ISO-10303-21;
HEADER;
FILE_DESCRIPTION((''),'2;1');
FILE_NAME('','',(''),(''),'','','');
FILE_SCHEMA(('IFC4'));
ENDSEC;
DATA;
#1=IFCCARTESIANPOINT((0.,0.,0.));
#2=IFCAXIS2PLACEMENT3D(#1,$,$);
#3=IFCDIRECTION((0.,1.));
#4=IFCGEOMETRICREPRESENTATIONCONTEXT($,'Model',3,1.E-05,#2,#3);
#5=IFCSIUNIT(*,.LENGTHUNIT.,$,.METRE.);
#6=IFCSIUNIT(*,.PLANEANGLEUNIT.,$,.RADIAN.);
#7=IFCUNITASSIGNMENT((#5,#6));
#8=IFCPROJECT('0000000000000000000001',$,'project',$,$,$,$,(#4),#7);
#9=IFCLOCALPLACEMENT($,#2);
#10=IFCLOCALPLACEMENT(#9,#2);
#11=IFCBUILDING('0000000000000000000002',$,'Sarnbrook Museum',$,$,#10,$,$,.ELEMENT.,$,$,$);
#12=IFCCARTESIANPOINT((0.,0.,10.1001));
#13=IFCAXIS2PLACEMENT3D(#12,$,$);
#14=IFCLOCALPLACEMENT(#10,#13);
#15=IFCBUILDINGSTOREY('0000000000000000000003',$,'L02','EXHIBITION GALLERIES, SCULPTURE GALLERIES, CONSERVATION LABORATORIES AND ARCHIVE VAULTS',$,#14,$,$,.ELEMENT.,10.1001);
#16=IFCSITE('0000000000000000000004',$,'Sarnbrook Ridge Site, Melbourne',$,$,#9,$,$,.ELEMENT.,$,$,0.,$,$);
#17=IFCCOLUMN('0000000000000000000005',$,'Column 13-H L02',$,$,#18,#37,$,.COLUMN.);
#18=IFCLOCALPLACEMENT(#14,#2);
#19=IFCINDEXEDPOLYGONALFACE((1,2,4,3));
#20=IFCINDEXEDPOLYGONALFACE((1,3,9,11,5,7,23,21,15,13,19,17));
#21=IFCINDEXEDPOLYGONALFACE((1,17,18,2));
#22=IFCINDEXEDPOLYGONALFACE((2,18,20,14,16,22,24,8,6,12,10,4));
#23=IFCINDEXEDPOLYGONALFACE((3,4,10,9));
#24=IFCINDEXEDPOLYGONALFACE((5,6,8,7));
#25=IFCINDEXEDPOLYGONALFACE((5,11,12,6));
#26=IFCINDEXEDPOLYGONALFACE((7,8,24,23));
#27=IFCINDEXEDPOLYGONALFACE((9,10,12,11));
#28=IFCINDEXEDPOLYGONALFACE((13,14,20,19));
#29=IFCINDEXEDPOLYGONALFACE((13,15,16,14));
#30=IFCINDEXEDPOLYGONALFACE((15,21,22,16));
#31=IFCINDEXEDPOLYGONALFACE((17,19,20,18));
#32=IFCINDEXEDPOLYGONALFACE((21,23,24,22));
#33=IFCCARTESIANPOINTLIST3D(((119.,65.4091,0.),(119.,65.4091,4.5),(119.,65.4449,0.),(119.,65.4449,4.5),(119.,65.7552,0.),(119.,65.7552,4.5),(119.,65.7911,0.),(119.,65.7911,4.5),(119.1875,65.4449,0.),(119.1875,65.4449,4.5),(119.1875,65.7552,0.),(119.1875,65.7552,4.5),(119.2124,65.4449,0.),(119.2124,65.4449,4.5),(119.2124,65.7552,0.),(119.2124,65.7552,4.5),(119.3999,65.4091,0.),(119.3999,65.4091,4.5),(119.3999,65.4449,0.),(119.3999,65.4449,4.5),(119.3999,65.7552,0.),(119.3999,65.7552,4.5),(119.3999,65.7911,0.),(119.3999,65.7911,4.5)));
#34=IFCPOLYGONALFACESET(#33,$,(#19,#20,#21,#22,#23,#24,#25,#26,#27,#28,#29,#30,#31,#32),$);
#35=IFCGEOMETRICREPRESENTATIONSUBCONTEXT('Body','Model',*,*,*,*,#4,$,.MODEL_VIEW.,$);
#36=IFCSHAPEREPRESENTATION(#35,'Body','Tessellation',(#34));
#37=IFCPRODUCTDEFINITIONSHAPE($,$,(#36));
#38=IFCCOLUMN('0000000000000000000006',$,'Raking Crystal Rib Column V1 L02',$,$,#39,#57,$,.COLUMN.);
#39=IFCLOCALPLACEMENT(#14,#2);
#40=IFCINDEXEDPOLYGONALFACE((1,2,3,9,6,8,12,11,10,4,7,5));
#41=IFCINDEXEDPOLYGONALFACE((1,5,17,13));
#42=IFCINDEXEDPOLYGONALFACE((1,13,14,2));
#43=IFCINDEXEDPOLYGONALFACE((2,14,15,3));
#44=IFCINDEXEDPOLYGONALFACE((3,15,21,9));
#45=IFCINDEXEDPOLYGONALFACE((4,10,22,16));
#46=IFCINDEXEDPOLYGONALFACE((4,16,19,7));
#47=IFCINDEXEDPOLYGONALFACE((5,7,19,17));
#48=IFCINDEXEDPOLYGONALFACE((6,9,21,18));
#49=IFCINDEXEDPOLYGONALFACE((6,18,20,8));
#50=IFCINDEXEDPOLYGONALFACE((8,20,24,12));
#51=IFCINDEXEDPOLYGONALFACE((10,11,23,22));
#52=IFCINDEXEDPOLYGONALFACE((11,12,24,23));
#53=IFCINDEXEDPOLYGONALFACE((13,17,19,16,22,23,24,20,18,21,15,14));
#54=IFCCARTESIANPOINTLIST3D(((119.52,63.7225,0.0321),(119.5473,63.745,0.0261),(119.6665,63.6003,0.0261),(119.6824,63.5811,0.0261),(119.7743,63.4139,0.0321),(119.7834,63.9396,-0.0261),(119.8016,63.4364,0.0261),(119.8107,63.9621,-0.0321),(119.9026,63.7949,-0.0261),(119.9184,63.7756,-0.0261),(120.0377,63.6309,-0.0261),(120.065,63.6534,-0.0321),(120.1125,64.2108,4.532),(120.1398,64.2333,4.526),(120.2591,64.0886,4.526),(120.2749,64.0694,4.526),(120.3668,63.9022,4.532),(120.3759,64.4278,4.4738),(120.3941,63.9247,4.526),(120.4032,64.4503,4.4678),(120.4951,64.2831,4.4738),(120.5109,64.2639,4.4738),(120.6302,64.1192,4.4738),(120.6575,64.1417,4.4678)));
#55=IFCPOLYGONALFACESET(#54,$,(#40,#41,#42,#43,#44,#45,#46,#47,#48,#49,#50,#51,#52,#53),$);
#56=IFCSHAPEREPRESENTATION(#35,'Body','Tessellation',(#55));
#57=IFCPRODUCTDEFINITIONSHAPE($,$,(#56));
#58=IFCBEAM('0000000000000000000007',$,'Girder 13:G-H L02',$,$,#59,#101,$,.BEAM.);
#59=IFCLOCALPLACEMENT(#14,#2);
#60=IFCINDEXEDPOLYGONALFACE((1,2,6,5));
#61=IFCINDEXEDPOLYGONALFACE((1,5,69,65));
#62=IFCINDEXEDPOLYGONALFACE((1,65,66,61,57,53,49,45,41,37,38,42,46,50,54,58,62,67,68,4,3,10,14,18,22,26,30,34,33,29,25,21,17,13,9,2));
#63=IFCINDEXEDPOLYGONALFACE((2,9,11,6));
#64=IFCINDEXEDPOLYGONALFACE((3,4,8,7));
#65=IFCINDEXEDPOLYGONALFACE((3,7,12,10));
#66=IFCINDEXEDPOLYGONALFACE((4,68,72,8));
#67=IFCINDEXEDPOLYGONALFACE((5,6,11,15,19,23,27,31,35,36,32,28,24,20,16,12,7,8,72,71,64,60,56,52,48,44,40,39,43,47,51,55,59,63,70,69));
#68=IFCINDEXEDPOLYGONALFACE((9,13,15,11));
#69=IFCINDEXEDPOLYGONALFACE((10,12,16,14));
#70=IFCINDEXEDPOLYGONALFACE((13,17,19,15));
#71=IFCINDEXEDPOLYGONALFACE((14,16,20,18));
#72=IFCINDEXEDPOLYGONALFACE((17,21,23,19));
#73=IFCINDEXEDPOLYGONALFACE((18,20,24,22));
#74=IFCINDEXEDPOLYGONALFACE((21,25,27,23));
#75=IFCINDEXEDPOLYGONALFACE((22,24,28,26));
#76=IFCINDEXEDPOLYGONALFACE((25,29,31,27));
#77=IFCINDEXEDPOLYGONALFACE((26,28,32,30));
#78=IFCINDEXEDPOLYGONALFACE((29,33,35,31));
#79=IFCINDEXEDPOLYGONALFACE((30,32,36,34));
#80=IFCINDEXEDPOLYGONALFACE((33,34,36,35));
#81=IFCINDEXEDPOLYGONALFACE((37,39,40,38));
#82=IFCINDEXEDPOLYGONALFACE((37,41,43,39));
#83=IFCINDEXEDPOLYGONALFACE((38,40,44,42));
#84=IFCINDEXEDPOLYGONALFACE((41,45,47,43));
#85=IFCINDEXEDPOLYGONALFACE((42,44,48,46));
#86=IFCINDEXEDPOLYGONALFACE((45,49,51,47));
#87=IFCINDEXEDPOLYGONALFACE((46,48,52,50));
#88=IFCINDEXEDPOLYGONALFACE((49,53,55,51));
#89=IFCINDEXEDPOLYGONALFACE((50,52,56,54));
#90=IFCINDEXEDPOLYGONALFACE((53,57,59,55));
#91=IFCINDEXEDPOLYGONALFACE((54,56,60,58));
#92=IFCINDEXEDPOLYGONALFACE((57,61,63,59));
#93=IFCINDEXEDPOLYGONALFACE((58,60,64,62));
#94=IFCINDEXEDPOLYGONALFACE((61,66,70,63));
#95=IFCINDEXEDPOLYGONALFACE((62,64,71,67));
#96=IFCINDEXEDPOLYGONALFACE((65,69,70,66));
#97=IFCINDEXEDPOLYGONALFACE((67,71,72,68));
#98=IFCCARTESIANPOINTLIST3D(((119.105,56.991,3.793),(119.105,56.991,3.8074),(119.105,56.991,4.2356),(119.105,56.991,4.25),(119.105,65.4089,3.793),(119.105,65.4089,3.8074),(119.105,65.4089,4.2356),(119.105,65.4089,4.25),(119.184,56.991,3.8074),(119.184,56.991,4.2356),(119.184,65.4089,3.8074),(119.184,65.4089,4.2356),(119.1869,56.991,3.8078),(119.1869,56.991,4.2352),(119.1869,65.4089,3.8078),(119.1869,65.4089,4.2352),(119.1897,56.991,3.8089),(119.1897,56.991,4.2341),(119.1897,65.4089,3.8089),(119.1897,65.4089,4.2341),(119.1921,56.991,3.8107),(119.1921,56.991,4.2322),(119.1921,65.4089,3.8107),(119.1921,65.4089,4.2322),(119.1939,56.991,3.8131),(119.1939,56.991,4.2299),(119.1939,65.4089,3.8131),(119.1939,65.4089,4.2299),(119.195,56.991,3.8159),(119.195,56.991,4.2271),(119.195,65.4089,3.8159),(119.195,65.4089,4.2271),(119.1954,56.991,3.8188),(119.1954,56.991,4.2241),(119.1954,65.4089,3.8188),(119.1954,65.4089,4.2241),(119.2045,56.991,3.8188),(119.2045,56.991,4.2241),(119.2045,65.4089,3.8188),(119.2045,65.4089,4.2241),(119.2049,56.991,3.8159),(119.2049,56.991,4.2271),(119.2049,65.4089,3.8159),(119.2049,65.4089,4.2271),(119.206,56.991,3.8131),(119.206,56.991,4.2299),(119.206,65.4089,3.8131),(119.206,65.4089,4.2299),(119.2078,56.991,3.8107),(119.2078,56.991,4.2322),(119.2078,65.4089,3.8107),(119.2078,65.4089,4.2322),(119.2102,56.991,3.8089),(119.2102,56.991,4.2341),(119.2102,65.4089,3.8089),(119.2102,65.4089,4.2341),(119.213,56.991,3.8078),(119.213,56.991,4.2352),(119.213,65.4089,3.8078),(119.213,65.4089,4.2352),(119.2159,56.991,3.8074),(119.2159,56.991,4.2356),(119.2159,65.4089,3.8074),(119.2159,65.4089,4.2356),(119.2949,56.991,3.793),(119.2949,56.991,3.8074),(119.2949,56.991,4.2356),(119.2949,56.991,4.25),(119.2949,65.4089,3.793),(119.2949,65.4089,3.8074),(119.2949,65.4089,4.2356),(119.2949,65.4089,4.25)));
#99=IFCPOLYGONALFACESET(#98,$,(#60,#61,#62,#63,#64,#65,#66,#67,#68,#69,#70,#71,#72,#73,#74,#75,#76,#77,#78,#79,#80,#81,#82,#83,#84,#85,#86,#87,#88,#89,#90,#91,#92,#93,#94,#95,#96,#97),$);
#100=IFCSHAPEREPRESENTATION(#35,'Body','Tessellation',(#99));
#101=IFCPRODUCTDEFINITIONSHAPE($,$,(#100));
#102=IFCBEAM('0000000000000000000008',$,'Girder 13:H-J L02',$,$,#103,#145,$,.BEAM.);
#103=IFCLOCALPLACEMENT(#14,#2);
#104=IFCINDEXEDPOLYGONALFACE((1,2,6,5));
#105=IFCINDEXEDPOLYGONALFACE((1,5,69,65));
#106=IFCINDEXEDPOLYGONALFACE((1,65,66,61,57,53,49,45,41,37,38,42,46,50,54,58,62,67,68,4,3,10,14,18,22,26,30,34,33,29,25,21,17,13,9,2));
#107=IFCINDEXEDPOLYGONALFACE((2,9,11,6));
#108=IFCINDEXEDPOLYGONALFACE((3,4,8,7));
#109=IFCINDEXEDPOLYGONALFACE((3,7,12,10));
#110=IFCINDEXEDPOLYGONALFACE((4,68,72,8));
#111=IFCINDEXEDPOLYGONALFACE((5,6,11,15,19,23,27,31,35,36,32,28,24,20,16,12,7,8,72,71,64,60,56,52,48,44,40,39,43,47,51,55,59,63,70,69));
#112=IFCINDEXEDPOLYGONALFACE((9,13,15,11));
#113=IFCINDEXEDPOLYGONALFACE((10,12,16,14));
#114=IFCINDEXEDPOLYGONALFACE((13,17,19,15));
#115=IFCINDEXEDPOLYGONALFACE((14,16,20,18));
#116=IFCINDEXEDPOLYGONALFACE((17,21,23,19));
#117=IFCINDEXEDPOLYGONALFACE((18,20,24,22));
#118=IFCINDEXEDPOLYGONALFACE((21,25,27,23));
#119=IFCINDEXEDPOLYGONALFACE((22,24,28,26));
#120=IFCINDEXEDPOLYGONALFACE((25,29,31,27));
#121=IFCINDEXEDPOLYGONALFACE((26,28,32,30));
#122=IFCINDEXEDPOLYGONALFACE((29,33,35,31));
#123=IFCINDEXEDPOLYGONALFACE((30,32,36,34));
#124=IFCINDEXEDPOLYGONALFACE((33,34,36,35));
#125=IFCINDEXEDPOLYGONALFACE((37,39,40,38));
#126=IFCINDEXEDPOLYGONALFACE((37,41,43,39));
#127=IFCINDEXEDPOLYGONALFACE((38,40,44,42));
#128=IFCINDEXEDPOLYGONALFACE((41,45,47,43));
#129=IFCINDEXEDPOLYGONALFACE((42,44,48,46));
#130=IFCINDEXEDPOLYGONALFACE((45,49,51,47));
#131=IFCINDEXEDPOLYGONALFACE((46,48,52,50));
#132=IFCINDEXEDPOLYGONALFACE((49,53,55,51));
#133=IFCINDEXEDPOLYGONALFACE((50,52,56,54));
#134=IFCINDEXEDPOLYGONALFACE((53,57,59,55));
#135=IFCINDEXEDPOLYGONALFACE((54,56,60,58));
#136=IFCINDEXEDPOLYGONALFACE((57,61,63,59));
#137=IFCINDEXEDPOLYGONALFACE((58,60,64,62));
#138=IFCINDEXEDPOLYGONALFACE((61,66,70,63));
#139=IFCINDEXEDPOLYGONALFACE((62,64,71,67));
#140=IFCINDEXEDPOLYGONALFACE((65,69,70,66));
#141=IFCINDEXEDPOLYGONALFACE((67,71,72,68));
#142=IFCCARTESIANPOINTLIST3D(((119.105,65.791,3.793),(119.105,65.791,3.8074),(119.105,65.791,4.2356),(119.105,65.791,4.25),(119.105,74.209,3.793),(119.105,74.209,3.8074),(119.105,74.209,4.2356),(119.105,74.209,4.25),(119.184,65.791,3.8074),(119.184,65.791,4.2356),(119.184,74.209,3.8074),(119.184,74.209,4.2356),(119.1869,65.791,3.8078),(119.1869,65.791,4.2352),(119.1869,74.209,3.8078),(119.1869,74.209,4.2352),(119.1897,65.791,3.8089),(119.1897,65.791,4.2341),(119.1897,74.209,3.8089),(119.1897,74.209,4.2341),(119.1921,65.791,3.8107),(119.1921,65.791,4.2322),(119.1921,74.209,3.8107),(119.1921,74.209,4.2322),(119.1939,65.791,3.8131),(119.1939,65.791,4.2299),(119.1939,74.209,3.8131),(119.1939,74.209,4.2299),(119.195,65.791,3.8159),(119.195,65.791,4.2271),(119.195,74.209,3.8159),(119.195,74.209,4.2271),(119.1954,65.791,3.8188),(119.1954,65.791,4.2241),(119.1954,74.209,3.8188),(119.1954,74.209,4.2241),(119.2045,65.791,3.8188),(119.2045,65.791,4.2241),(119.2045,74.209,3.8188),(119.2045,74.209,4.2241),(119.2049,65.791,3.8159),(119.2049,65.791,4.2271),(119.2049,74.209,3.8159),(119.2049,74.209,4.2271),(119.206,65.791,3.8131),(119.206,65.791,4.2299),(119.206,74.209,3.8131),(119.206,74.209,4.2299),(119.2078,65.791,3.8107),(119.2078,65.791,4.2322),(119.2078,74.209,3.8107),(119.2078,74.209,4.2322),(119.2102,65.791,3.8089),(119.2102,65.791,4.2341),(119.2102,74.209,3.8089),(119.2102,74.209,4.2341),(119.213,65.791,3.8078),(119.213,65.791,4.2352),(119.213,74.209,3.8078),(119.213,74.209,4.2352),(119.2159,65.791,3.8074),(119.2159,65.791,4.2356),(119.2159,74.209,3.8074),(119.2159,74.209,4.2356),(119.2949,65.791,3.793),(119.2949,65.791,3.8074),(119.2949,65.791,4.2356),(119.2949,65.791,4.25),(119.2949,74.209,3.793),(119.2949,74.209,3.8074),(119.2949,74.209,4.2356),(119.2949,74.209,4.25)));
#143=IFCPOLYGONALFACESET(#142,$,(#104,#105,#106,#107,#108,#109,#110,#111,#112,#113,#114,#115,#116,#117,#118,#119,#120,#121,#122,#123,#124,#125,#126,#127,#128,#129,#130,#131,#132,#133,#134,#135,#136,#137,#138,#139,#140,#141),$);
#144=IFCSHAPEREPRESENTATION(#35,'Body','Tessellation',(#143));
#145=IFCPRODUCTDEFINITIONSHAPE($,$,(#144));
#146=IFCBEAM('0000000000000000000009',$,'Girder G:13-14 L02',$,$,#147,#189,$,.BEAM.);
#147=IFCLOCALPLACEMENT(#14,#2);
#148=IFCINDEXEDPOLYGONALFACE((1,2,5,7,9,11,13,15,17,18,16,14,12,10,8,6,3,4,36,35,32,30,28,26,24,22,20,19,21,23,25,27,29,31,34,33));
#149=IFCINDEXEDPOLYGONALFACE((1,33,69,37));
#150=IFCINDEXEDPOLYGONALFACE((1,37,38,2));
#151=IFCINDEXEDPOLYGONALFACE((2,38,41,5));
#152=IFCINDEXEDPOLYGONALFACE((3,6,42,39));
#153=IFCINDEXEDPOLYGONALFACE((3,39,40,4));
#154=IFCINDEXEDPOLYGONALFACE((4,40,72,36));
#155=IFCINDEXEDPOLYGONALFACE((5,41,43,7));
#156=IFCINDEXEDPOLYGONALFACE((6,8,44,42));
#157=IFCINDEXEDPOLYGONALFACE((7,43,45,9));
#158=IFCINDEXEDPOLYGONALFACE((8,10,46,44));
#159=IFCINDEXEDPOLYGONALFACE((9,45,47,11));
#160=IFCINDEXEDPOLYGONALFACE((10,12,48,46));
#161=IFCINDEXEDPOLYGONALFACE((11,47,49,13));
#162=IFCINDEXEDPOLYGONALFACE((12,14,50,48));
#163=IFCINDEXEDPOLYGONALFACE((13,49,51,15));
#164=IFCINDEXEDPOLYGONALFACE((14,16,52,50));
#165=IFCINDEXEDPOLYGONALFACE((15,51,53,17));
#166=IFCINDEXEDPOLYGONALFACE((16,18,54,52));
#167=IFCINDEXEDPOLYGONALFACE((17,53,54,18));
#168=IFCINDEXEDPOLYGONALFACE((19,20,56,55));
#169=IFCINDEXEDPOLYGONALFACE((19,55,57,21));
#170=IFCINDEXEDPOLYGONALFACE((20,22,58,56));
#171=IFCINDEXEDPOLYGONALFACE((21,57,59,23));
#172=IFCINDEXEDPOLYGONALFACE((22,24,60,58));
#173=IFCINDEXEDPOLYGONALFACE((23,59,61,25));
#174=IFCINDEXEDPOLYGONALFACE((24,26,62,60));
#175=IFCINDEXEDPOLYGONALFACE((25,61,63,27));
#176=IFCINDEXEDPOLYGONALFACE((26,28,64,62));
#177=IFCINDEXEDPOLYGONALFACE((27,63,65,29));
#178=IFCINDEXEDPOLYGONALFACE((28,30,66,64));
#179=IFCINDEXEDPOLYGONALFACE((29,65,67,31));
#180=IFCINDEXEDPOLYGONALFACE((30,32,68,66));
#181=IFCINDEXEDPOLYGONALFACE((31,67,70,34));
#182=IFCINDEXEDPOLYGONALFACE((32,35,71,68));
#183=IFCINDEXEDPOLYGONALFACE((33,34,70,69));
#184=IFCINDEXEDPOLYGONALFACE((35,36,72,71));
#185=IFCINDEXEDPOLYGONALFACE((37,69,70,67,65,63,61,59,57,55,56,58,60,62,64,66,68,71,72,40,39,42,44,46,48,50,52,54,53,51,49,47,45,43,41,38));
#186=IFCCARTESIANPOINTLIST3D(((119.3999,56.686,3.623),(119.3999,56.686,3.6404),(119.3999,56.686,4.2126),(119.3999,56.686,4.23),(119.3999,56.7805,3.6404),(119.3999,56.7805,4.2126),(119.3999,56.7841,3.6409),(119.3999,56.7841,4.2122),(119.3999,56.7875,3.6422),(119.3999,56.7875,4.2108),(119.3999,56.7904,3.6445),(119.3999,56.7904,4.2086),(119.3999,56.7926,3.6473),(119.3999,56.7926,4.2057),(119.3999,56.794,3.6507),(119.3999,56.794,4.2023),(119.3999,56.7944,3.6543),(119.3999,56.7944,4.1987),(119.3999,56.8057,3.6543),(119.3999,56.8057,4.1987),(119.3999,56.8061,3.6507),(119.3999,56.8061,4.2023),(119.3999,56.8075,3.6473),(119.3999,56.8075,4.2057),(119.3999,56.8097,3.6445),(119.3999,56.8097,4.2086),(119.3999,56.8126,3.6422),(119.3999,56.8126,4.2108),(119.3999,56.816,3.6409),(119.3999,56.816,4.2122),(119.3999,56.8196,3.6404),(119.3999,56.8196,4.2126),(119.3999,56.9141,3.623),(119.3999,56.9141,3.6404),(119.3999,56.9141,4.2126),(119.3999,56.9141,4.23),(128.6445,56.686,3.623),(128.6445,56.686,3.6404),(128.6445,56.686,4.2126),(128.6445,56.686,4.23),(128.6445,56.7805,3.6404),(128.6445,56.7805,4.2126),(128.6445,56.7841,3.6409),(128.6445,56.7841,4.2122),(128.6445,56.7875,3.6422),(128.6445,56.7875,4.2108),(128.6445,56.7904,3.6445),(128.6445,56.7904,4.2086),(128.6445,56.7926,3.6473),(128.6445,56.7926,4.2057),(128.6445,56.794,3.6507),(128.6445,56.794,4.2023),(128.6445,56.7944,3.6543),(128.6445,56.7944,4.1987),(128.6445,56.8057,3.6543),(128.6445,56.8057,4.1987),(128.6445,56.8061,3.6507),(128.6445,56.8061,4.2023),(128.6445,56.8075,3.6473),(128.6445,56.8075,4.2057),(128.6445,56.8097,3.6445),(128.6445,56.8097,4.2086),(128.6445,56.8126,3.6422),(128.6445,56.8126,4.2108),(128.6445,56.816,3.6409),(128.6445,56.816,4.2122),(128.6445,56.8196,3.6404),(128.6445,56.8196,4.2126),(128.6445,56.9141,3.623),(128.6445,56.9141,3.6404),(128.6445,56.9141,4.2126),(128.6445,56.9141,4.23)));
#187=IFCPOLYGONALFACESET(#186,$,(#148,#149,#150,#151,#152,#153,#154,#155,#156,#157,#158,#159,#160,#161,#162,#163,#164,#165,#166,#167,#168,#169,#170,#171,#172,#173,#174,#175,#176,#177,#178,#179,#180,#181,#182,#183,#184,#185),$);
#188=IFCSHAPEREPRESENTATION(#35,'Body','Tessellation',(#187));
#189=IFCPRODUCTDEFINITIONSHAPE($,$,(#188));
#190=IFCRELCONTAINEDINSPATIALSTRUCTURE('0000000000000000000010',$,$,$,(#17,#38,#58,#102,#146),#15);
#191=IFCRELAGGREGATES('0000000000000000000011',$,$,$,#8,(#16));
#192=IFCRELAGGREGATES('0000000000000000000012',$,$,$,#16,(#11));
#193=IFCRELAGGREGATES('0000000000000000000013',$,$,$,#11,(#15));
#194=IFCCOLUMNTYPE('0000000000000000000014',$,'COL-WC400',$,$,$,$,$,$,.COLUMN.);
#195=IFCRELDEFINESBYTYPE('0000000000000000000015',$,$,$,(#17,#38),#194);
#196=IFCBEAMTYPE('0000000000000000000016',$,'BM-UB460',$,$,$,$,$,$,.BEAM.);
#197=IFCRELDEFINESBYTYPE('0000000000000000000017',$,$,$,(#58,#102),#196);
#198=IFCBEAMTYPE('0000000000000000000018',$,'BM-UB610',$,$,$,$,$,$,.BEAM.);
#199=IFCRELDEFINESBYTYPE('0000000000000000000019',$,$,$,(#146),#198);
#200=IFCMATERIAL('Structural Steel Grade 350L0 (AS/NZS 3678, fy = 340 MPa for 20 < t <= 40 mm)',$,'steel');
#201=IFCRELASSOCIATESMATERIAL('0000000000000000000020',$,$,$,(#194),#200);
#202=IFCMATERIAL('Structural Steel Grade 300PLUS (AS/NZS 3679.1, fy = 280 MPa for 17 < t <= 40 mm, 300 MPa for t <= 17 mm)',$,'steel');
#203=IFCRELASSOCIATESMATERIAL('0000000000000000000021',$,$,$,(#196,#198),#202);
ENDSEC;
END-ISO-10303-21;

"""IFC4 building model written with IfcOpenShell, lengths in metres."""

from ifc_helpers import new_model, si_unit, direction, frame, origin, origin_2d, place, context, subcontext, project, spatial, i_section, extrude, material, material_profile, profile_set, type_object, element, save


model = new_model("IFC4")

# Units and contexts
model_context = context("Model", 3, precision=1e-05, world=origin(), true_north=direction((0.0, 1.0)))
body_context = subcontext(model_context, "Body", "Model", "MODEL_VIEW")
ifc_project = project(units=[si_unit("LENGTHUNIT", "METRE"), si_unit("PLANEANGLEUNIT", "RADIAN")], contexts=[model_context])

# Site, building, storey
site_placement = place(None, origin())
site = spatial("IfcSite", under=ifc_project, at=site_placement, Name="Sarnbrook Ridge Site, Melbourne", CompositionType="ELEMENT", RefElevation=0.0)
building_placement = place(site_placement, origin())
building = spatial("IfcBuilding", under=site, at=building_placement, Name="Sarnbrook Museum", CompositionType="ELEMENT")
storey_placement = place(building_placement, frame((0.0, 0.0, 10.1001)))
storey = spatial("IfcBuildingStorey", under=building, at=storey_placement, Name="L02", Description="EXHIBITION GALLERIES, SCULPTURE GALLERIES, CONSERVATION LABORATORIES AND ARCHIVE VAULTS", CompositionType="ELEMENT", Elevation=10.1001)

# Columns
ifc_material_1 = material(Name="Structural Steel Grade 350L0 (AS/NZS 3678, fy = 340 MPa for 20 < t <= 40 mm)", Category="steel")
ifc_material_profile_1 = material_profile(ifc_material_1, i_section(OverallWidth=0.3999, OverallDepth=0.3821, WebThickness=0.0249, FlangeThickness=0.0359, at=origin_2d()), Name="400WC270")
ifc_profile_set_1 = profile_set([ifc_material_profile_1], Name="Structural Steel Grade 350L0 (AS/NZS 3678, fy = 340 MPa for 20 < t <= 40 mm)")
column_type = type_object("IfcColumnType", Name="COL-WC400", PredefinedType="COLUMN", material=ifc_profile_set_1)
column_1_placement = place(storey_placement, frame((119.2, 65.6001, 0.0), z_axis=(0.0, 0.0, 1.0), x_axis=(1.0, 0.0, 0.0)))
element("IfcColumn", 1, at=column_1_placement, inside=storey, type_object=column_type, Name="Column 13-H L02", PredefinedType="COLUMN", context=body_context, shape_type="SweptSolid", body=[
    extrude(i_section(OverallWidth=0.3999, OverallDepth=0.3821, WebThickness=0.0249, FlangeThickness=0.0359, at=origin_2d()), origin(), (0.0, 0.0, 1.0), 4.5),
])
column_2_placement = place(storey_placement, frame((119.7925, 63.688, 0.0), z_axis=(0.129797, 0.106961, 0.985754), x_axis=(-0.635952, 0.771728, 0.0)))
element("IfcColumn", 2, at=column_2_placement, inside=storey, type_object=column_type, Name="Raking Crystal Rib Column V1 L02", PredefinedType="COLUMN", context=body_context, shape_type="SweptSolid", body=[
    extrude(i_section(OverallWidth=0.3999, OverallDepth=0.3821, WebThickness=0.0249, FlangeThickness=0.0359, at=origin_2d()), origin(), (0.0, 0.0, 1.0), 4.5649),
])

# Beams
ifc_material_2 = material(Name="Structural Steel Grade 300PLUS (AS/NZS 3679.1, fy = 280 MPa for 17 < t <= 40 mm, 300 MPa for t <= 17 mm)", Category="steel")
ifc_material_profile_2 = material_profile(ifc_material_2, i_section(OverallWidth=0.1899, OverallDepth=0.457, WebThickness=0.009, FlangeThickness=0.0144, FilletRadius=0.0115, at=origin_2d()), Name="460UB74.6")
ifc_profile_set_2 = profile_set([ifc_material_profile_2], Name="Structural Steel Grade 300PLUS (AS/NZS 3679.1, fy = 280 MPa for 17 < t <= 40 mm, 300 MPa for t <= 17 mm)")
beam_type_1 = type_object("IfcBeamType", Name="BM-UB460", PredefinedType="BEAM", material=ifc_profile_set_2)
for number, where, z_axis, x_axis, name in (
    (3, (119.2, 56.991, 4.0215), (0.0, 1.0, 0.0), (-1.0, 0.0, 0.0), "Girder 13:G-H L02"),
    (4, (119.2, 65.791, 4.0215), (0.0, 1.0, 0.0), (-1.0, 0.0, 0.0), "Girder 13:H-J L02"),
):
    element("IfcBeam", number, at=place(storey_placement, frame(where, z_axis=z_axis, x_axis=x_axis)), inside=storey, type_object=beam_type_1, Name=name, PredefinedType="BEAM", context=body_context, shape_type="SweptSolid", body=[
        extrude(i_section(OverallWidth=0.1899, OverallDepth=0.457, WebThickness=0.009, FlangeThickness=0.0144, FilletRadius=0.0115, at=origin_2d()), origin(), (0.0, 0.0, 1.0), 8.418),
    ])
ifc_material_profile_3 = material_profile(ifc_material_2, i_section(OverallWidth=0.228, OverallDepth=0.6069, WebThickness=0.0112, FlangeThickness=0.0173, FilletRadius=0.0139, at=origin_2d()), Name="610UB113")
ifc_profile_set_3 = profile_set([ifc_material_profile_3], Name="Structural Steel Grade 300PLUS (AS/NZS 3679.1, fy = 280 MPa for 17 < t <= 40 mm, 300 MPa for t <= 17 mm)")
beam_type_2 = type_object("IfcBeamType", Name="BM-UB610", PredefinedType="BEAM", material=ifc_profile_set_3)
beam_1_placement = place(storey_placement, frame((119.3999, 56.8, 3.9265), z_axis=(1.0, 0.0, 0.0), x_axis=(0.0, 1.0, 0.0)))
element("IfcBeam", 5, at=beam_1_placement, inside=storey, type_object=beam_type_2, Name="Girder G:13-14 L02", PredefinedType="BEAM", context=body_context, shape_type="SweptSolid", body=[
    extrude(i_section(OverallWidth=0.228, OverallDepth=0.6069, WebThickness=0.0112, FlangeThickness=0.0173, FilletRadius=0.0139, at=origin_2d()), origin(), (0.0, 0.0, 1.0), 9.2446),
])

save(model, "model.ifc")
